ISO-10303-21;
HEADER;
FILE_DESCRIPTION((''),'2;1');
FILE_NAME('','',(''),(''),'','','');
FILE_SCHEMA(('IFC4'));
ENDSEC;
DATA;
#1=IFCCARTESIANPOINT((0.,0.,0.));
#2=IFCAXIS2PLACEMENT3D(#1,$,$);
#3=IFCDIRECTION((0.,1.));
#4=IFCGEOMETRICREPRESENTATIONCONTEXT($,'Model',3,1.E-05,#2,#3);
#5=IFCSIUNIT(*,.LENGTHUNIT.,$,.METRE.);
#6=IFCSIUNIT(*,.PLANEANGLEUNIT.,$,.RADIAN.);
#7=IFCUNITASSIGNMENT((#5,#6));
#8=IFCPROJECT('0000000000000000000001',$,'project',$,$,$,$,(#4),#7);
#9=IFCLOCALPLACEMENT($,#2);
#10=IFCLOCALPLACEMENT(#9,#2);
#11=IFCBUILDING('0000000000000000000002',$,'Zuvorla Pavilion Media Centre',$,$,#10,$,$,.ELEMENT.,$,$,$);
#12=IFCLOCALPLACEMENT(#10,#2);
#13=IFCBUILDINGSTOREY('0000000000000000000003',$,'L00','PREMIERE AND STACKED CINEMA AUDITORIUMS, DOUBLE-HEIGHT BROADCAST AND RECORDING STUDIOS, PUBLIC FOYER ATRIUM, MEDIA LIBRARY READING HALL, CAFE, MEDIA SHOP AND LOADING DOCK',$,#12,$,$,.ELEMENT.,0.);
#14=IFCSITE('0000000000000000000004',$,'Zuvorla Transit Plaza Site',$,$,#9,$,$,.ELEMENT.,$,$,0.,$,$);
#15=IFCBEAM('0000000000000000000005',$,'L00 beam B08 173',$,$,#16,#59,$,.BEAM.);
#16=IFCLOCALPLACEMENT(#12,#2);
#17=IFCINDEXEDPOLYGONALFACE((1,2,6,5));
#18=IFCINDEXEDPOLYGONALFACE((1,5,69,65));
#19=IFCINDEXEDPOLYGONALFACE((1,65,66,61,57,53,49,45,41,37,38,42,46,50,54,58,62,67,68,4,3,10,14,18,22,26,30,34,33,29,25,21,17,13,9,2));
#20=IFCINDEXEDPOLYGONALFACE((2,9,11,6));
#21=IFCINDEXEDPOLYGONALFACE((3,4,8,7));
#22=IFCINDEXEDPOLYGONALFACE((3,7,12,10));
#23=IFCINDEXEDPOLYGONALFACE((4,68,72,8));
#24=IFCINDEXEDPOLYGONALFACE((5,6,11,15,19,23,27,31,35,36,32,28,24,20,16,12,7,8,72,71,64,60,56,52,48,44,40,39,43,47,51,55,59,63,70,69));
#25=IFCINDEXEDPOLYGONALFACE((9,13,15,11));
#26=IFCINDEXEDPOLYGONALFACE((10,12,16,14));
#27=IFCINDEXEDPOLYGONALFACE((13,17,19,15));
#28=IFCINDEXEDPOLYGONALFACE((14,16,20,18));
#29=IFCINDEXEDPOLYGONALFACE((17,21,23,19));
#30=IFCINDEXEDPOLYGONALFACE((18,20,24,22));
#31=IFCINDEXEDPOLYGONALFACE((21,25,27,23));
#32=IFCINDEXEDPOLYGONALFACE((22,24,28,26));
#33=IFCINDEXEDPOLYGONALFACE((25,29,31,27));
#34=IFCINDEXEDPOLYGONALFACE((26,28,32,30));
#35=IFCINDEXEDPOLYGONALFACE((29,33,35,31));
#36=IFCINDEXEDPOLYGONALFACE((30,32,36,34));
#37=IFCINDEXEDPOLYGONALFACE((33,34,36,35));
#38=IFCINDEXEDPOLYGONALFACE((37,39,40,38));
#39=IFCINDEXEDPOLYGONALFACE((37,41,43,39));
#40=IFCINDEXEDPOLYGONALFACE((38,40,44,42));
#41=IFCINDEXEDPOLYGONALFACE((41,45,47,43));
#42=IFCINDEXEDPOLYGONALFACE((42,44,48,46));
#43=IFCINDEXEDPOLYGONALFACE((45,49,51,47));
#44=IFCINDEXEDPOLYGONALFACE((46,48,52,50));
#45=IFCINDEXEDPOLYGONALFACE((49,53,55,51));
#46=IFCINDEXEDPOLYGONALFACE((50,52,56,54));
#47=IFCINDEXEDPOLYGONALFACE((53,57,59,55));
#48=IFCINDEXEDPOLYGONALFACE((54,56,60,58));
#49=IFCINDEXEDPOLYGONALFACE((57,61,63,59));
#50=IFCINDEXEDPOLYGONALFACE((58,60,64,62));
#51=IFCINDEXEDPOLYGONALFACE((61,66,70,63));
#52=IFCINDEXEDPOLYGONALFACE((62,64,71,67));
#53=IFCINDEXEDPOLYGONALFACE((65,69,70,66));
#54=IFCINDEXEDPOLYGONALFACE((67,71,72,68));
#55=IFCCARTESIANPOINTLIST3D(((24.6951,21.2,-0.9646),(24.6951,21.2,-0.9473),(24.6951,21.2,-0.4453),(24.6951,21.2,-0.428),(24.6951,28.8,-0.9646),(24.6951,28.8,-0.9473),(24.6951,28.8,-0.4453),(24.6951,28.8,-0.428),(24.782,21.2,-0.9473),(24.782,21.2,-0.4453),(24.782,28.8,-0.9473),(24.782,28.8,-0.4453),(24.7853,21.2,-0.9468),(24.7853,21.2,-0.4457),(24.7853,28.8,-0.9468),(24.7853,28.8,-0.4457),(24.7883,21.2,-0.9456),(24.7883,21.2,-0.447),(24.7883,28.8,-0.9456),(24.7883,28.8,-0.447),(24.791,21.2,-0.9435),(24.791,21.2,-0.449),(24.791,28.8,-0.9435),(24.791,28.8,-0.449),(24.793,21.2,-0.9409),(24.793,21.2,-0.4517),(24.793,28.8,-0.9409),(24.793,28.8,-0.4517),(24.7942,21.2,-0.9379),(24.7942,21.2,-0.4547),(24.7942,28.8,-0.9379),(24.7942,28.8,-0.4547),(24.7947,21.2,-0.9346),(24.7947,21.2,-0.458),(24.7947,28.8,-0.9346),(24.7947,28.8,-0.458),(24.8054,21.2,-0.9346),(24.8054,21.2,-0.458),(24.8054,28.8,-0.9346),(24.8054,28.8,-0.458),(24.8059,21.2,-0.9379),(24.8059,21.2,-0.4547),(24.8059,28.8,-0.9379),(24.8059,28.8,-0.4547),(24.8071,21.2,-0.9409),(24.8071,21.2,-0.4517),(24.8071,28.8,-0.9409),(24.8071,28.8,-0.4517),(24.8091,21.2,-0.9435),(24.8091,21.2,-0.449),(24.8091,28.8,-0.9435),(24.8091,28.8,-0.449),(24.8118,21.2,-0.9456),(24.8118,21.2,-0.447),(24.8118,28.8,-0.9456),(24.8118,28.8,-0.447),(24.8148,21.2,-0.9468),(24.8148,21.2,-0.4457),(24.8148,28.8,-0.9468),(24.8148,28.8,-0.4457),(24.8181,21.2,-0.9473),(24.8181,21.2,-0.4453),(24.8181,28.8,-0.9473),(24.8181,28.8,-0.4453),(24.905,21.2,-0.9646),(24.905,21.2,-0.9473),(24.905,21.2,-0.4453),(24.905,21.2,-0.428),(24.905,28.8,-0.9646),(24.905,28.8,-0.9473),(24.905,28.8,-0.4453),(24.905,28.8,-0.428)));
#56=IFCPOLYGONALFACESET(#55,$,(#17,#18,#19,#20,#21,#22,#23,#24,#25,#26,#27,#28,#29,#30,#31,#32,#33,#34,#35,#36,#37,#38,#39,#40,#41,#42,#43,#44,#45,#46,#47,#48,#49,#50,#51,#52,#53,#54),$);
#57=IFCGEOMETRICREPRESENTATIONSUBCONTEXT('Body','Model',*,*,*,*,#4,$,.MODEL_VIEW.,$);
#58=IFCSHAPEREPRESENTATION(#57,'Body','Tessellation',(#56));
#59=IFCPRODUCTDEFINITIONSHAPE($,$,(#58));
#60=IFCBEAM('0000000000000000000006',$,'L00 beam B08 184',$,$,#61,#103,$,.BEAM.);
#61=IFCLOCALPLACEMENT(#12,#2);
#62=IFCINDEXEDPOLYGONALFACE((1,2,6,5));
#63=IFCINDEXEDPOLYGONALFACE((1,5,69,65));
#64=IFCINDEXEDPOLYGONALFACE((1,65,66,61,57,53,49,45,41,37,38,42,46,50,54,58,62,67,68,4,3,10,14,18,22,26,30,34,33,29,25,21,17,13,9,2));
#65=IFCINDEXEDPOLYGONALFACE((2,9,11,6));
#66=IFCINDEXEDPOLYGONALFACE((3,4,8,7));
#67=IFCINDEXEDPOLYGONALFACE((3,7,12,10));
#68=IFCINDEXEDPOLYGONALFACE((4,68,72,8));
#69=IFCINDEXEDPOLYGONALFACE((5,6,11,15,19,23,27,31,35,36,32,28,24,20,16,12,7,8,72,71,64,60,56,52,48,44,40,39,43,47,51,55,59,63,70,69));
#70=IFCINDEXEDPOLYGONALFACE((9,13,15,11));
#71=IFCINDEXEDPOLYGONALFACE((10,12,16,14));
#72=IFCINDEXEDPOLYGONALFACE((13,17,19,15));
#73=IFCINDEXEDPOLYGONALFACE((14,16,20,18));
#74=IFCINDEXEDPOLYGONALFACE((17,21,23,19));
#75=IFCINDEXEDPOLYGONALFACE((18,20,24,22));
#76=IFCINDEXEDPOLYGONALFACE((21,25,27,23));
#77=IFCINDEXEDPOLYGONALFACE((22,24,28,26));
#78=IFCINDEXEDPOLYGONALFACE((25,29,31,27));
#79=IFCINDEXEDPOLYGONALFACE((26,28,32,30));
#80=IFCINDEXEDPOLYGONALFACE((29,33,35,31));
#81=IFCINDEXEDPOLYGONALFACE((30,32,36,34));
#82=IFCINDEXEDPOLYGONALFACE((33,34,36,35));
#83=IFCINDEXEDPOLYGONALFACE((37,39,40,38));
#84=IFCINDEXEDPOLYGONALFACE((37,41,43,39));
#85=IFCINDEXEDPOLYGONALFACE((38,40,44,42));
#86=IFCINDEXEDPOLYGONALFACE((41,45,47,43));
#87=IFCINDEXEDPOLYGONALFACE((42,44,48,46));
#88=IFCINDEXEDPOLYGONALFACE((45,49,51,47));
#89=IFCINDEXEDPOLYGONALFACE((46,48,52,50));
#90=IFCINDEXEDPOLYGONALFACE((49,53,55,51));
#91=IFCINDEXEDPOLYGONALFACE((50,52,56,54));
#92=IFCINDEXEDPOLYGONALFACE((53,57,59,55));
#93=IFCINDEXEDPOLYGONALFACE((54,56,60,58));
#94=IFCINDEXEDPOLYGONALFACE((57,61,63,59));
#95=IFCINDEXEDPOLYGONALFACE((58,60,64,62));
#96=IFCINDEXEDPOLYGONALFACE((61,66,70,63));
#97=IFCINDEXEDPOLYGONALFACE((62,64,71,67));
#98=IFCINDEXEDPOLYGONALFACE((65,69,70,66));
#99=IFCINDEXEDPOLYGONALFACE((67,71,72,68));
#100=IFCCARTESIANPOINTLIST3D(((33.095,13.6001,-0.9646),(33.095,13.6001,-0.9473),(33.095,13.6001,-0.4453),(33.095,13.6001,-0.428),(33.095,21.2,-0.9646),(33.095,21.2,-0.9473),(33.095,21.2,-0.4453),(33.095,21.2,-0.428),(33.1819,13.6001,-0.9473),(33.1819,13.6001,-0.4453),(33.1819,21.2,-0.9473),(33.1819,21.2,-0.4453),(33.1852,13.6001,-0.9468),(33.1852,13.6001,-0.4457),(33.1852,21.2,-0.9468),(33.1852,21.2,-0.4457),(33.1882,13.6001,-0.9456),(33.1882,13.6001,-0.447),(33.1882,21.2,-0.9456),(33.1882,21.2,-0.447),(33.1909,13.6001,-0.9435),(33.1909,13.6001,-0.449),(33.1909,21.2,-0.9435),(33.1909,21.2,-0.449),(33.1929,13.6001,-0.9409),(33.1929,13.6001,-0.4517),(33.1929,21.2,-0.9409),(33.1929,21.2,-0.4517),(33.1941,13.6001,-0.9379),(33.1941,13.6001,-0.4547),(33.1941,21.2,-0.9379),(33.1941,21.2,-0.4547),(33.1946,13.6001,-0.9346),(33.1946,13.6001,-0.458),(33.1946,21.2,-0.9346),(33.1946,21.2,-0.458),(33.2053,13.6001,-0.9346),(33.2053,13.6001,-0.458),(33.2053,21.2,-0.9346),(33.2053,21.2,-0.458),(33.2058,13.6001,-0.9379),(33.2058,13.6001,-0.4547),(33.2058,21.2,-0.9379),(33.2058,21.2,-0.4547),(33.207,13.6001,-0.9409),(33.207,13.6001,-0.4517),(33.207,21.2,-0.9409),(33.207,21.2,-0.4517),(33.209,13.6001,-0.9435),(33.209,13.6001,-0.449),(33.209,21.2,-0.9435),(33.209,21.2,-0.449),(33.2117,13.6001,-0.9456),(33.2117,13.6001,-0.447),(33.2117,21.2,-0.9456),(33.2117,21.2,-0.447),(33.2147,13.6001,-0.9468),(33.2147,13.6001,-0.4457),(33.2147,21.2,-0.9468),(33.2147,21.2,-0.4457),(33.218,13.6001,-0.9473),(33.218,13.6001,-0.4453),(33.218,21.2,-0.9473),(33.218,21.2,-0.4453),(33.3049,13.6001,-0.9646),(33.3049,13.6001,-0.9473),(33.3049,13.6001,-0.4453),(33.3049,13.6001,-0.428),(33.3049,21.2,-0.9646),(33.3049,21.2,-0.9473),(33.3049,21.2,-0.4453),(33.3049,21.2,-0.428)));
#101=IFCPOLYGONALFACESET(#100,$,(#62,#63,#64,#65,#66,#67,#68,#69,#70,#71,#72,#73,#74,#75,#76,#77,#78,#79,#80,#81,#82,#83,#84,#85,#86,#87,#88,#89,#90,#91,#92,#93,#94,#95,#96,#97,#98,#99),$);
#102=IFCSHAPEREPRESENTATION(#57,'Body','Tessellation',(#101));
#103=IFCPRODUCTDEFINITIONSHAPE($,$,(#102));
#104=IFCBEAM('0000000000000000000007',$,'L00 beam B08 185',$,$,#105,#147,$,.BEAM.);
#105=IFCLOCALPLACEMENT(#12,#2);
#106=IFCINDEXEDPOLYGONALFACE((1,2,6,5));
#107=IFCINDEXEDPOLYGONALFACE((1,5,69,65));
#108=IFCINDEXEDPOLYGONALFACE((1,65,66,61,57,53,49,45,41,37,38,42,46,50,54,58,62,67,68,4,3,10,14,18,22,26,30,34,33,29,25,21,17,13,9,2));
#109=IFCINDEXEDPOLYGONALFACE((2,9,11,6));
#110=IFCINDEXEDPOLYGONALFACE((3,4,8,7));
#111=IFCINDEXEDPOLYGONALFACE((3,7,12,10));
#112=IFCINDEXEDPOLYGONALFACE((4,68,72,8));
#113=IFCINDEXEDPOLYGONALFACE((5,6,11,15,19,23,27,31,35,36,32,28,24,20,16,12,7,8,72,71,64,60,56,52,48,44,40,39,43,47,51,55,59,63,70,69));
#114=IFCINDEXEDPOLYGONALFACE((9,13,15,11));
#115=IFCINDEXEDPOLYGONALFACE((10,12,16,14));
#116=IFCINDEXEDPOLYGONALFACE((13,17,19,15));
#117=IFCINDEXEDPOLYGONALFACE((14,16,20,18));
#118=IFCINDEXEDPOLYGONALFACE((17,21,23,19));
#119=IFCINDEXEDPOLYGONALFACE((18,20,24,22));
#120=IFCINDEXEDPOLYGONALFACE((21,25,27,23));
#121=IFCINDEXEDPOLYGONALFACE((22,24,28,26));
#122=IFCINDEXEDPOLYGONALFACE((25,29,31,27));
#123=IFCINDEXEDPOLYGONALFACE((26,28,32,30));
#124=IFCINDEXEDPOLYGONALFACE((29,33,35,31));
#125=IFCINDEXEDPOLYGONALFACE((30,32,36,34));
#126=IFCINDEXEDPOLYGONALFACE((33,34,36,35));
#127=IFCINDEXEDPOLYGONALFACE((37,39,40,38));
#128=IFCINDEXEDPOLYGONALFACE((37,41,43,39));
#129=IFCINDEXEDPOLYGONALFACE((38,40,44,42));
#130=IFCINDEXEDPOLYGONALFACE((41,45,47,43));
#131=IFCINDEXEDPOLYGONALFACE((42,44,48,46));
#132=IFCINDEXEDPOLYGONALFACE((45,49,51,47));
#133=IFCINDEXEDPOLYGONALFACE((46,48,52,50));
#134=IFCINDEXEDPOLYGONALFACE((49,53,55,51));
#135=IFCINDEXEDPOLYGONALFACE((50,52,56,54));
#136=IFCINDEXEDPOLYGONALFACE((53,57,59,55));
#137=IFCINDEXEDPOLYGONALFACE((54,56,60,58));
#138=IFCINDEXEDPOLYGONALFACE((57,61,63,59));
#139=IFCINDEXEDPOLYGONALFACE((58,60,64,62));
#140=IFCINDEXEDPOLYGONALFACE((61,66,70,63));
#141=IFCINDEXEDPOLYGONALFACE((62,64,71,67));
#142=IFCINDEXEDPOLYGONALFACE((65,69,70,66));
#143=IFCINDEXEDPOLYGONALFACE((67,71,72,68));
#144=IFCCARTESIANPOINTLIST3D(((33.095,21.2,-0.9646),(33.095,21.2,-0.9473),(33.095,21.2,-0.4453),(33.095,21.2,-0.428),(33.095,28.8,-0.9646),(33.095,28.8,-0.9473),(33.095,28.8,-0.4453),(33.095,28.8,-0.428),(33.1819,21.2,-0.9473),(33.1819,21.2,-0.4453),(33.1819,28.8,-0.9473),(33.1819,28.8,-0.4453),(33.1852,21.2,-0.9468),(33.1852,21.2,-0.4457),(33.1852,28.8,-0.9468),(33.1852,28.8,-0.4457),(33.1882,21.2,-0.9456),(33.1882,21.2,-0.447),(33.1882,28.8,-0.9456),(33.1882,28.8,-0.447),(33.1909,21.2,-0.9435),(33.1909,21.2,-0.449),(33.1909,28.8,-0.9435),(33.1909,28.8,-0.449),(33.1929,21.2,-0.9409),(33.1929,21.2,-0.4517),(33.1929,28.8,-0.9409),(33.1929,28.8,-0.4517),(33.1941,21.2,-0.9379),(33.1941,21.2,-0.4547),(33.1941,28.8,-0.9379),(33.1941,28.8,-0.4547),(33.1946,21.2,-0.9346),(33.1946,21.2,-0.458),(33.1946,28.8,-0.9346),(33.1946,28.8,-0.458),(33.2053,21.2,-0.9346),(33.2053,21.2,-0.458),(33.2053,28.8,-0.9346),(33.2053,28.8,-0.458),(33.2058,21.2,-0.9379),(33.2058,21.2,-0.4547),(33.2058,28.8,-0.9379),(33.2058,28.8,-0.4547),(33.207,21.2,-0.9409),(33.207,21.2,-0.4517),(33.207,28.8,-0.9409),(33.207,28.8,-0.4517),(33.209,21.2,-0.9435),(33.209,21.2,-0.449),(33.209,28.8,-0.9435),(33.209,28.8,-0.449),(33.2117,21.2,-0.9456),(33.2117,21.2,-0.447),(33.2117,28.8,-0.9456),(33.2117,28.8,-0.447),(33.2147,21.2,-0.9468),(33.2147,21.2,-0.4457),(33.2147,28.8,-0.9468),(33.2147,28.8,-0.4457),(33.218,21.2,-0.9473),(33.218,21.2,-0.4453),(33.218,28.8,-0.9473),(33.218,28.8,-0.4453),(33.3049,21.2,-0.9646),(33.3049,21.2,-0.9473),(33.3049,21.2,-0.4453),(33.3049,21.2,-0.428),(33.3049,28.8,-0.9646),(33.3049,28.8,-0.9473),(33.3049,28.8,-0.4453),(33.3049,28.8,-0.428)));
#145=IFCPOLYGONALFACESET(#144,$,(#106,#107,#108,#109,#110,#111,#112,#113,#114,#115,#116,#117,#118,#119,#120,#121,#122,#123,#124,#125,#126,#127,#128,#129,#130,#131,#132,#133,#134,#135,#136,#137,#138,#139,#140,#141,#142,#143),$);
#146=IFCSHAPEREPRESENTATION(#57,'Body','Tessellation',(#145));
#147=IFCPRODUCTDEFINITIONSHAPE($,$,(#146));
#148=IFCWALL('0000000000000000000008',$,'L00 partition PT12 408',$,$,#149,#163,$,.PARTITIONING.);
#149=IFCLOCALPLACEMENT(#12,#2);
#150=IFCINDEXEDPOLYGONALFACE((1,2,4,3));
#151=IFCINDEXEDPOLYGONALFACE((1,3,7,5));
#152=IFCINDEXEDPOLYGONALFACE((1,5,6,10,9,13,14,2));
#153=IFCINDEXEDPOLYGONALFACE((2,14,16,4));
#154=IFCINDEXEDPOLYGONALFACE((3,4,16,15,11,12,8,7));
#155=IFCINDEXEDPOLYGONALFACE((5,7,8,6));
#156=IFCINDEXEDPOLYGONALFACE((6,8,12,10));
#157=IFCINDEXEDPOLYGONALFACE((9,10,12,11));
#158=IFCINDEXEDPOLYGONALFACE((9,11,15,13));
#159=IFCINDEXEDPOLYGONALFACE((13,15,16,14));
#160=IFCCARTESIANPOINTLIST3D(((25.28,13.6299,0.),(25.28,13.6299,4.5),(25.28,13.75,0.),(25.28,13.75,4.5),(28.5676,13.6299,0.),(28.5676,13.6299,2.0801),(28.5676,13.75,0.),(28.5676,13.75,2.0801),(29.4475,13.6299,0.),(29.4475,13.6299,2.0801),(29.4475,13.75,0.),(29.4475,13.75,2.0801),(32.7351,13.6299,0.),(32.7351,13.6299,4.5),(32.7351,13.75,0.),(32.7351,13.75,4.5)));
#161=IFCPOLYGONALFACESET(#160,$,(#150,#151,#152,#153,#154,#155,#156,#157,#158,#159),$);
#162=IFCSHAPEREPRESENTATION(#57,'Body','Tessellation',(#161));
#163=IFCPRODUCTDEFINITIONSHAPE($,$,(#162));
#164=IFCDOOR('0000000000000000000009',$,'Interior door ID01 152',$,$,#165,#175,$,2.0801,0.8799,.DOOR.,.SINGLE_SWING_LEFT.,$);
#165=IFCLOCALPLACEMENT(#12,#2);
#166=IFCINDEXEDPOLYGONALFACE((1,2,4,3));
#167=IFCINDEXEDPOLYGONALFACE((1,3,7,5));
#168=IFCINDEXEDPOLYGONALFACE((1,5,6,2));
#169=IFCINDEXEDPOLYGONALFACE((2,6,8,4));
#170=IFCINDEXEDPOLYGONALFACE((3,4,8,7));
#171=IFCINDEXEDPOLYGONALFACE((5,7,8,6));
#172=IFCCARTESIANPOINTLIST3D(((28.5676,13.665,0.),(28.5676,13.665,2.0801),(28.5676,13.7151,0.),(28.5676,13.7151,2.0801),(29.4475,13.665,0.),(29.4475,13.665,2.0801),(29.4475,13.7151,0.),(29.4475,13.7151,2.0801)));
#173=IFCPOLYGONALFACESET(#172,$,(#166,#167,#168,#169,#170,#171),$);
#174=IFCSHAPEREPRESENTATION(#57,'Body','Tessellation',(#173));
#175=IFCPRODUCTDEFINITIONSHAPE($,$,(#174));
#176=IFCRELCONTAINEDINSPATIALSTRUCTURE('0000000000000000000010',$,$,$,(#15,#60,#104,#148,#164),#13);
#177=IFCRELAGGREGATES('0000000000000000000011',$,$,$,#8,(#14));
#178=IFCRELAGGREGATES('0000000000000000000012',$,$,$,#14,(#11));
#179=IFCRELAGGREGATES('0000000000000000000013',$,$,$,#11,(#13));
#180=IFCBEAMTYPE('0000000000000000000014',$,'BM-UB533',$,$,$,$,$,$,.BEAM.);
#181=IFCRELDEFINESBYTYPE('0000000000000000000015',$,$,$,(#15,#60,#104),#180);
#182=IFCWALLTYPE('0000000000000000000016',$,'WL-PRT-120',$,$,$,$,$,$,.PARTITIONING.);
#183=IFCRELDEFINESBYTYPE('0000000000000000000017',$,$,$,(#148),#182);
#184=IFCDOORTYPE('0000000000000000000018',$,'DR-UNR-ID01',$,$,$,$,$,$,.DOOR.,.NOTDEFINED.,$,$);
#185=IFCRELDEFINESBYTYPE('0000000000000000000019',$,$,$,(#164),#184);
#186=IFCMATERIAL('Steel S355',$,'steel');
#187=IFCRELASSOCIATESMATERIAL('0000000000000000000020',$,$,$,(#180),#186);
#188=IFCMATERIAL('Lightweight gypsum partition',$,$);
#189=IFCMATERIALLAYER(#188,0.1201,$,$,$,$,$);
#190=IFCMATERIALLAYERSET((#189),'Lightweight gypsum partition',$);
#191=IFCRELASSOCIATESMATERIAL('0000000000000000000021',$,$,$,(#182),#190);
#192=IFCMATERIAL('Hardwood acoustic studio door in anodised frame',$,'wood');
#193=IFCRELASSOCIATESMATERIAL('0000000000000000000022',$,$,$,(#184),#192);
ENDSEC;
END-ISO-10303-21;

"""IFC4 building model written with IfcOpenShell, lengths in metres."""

from ifc_helpers import new_model, si_unit, direction, frame, frame_2d, origin, origin_2d, place, context, subcontext, project, spatial, rectangle, i_section, extrude, material, layer, layer_set, material_profile, profile_set, type_object, element, fill, save


model = new_model("IFC4")

# Units and contexts
model_context = context("Model", 3, precision=1e-05, world=origin(), true_north=direction((0.0, 1.0)))
body_context = subcontext(model_context, "Body", "Model", "MODEL_VIEW")
ifc_project = project(units=[si_unit("LENGTHUNIT", "METRE"), si_unit("PLANEANGLEUNIT", "RADIAN")], contexts=[model_context])

# Site, building, storey
site_placement = place(None, origin())
site = spatial("IfcSite", under=ifc_project, at=site_placement, Name="Zuvorla Transit Plaza Site", CompositionType="ELEMENT", RefElevation=0.0)
building_placement = place(site_placement, origin())
building = spatial("IfcBuilding", under=site, at=building_placement, Name="Zuvorla Pavilion Media Centre", CompositionType="ELEMENT")
storey_placement = place(building_placement, origin())
storey = spatial("IfcBuildingStorey", under=building, at=storey_placement, Name="L00", Description="PREMIERE AND STACKED CINEMA AUDITORIUMS, DOUBLE-HEIGHT BROADCAST AND RECORDING STUDIOS, PUBLIC FOYER ATRIUM, MEDIA LIBRARY READING HALL, CAFE, MEDIA SHOP AND LOADING DOCK", CompositionType="ELEMENT", Elevation=0.0)

# Beams
ifc_material_1 = material(Name="Steel S355", Category="steel")
ifc_material_profile_1 = material_profile(ifc_material_1, i_section(OverallWidth=0.21, OverallDepth=0.5366, WebThickness=0.0107, FlangeThickness=0.0173, FilletRadius=0.0127, at=origin_2d()), Name="UB 533x210x101")
ifc_profile_set_1 = profile_set([ifc_material_profile_1], Name="Steel S355")
beam_type_1 = type_object("IfcBeamType", Name="BM-UB533", PredefinedType="BEAM", material=ifc_profile_set_1)
beam_1_placement = place(storey_placement, frame((24.8, 21.2, -0.6963), z_axis=(0.0, 1.0, 0.0), x_axis=(-1.0, 0.0, 0.0)))
element("IfcBeam", 1, at=beam_1_placement, inside=storey, type_object=beam_type_1, Name="L00 beam B08 173", PredefinedType="BEAM", context=body_context, shape_type="SweptSolid", body=[
    extrude(i_section(OverallWidth=0.21, OverallDepth=0.5366, WebThickness=0.0107, FlangeThickness=0.0173, FilletRadius=0.0127, at=origin_2d()), origin(), (0.0, 0.0, 1.0), 7.6001),
])
beam_2_placement = place(storey_placement, frame((33.2, 13.6001, -0.6963), z_axis=(0.0, 1.0, 0.0), x_axis=(-1.0, 0.0, 0.0)))
element("IfcBeam", 2, at=beam_2_placement, inside=storey, type_object=beam_type_1, Name="L00 beam B08 184", PredefinedType="BEAM", context=body_context, shape_type="SweptSolid", body=[
    extrude(i_section(OverallWidth=0.21, OverallDepth=0.5366, WebThickness=0.0107, FlangeThickness=0.0173, FilletRadius=0.0127, at=origin_2d()), origin(), (0.0, 0.0, 1.0), 7.5999),
])
beam_3_placement = place(storey_placement, frame((33.2, 21.2, -0.6963), z_axis=(0.0, 1.0, 0.0), x_axis=(-1.0, 0.0, 0.0)))
element("IfcBeam", 3, at=beam_3_placement, inside=storey, type_object=beam_type_1, Name="L00 beam B08 185", PredefinedType="BEAM", context=body_context, shape_type="SweptSolid", body=[
    extrude(i_section(OverallWidth=0.21, OverallDepth=0.5366, WebThickness=0.0107, FlangeThickness=0.0173, FilletRadius=0.0127, at=origin_2d()), origin(), (0.0, 0.0, 1.0), 7.6001),
])

# Wall, opening, door
ifc_material_2 = material(Name="Lightweight gypsum partition")
ifc_layer_1 = layer(ifc_material_2, 0.1201)
ifc_layer_set_1 = layer_set([ifc_layer_1], Name="Lightweight gypsum partition")
wall_type_1 = type_object("IfcWallType", Name="WL-PRT-120", PredefinedType="PARTITIONING", material=ifc_layer_set_1)
wall_1_placement = place(storey_placement, frame((32.7351, 13.6899, 0.0), z_axis=(0.0, 0.0, 1.0), x_axis=(-1.0, 0.0, 0.0)))
wall_1 = element("IfcWall", 4, at=wall_1_placement, inside=storey, type_object=wall_type_1, Name="L00 partition PT12 408", PredefinedType="PARTITIONING", context=body_context, shape_type="SweptSolid", body=[
    extrude(rectangle(XDim=7.4551, YDim=0.1201, at=frame_2d((3.7275, 0.0))), origin(), (0.0, 0.0, 1.0), 4.5),
])
opening_1_placement = place(wall_1_placement, frame((3.2876, 0.0, 0.0)))
opening_1 = element("IfcOpeningElement", 5, at=opening_1_placement, cuts=wall_1, PredefinedType="OPENING", context=body_context, shape_type="SweptSolid", body=[
    extrude(rectangle(XDim=0.8799, YDim=2.0801, at=frame_2d((0.4399, 1.04))), frame((0.0, 0.0701, 0.0), z_axis=(0.0, -1.0, 0.0), x_axis=(1.0, 0.0, 0.0)), (0.0, 0.0, 1.0), 0.1401),
])
ifc_material_3 = material(Name="Hardwood acoustic studio door in anodised frame", Category="wood")
door_type_1 = type_object("IfcDoorType", Name="DR-UNR-ID01", OperationType="NOTDEFINED", PredefinedType="DOOR", material=ifc_material_3)
door_1_placement = place(opening_1_placement, origin())
door_1 = element("IfcDoor", 6, at=door_1_placement, inside=storey, type_object=door_type_1, Name="Interior door ID01 152", OperationType="SINGLE_SWING_LEFT", OverallHeight=2.0801, OverallWidth=0.8799, PredefinedType="DOOR", context=body_context, shape_type="SweptSolid", body=[
    extrude(rectangle(XDim=0.8799, YDim=2.0801, at=frame_2d((0.4399, 1.04))), frame((0.0, 0.0249, 0.0), z_axis=(0.0, -1.0, 0.0), x_axis=(1.0, 0.0, 0.0)), (0.0, 0.0, 1.0), 0.05),
])
fill(opening_1, door_1)

save(model, "model.ifc")
